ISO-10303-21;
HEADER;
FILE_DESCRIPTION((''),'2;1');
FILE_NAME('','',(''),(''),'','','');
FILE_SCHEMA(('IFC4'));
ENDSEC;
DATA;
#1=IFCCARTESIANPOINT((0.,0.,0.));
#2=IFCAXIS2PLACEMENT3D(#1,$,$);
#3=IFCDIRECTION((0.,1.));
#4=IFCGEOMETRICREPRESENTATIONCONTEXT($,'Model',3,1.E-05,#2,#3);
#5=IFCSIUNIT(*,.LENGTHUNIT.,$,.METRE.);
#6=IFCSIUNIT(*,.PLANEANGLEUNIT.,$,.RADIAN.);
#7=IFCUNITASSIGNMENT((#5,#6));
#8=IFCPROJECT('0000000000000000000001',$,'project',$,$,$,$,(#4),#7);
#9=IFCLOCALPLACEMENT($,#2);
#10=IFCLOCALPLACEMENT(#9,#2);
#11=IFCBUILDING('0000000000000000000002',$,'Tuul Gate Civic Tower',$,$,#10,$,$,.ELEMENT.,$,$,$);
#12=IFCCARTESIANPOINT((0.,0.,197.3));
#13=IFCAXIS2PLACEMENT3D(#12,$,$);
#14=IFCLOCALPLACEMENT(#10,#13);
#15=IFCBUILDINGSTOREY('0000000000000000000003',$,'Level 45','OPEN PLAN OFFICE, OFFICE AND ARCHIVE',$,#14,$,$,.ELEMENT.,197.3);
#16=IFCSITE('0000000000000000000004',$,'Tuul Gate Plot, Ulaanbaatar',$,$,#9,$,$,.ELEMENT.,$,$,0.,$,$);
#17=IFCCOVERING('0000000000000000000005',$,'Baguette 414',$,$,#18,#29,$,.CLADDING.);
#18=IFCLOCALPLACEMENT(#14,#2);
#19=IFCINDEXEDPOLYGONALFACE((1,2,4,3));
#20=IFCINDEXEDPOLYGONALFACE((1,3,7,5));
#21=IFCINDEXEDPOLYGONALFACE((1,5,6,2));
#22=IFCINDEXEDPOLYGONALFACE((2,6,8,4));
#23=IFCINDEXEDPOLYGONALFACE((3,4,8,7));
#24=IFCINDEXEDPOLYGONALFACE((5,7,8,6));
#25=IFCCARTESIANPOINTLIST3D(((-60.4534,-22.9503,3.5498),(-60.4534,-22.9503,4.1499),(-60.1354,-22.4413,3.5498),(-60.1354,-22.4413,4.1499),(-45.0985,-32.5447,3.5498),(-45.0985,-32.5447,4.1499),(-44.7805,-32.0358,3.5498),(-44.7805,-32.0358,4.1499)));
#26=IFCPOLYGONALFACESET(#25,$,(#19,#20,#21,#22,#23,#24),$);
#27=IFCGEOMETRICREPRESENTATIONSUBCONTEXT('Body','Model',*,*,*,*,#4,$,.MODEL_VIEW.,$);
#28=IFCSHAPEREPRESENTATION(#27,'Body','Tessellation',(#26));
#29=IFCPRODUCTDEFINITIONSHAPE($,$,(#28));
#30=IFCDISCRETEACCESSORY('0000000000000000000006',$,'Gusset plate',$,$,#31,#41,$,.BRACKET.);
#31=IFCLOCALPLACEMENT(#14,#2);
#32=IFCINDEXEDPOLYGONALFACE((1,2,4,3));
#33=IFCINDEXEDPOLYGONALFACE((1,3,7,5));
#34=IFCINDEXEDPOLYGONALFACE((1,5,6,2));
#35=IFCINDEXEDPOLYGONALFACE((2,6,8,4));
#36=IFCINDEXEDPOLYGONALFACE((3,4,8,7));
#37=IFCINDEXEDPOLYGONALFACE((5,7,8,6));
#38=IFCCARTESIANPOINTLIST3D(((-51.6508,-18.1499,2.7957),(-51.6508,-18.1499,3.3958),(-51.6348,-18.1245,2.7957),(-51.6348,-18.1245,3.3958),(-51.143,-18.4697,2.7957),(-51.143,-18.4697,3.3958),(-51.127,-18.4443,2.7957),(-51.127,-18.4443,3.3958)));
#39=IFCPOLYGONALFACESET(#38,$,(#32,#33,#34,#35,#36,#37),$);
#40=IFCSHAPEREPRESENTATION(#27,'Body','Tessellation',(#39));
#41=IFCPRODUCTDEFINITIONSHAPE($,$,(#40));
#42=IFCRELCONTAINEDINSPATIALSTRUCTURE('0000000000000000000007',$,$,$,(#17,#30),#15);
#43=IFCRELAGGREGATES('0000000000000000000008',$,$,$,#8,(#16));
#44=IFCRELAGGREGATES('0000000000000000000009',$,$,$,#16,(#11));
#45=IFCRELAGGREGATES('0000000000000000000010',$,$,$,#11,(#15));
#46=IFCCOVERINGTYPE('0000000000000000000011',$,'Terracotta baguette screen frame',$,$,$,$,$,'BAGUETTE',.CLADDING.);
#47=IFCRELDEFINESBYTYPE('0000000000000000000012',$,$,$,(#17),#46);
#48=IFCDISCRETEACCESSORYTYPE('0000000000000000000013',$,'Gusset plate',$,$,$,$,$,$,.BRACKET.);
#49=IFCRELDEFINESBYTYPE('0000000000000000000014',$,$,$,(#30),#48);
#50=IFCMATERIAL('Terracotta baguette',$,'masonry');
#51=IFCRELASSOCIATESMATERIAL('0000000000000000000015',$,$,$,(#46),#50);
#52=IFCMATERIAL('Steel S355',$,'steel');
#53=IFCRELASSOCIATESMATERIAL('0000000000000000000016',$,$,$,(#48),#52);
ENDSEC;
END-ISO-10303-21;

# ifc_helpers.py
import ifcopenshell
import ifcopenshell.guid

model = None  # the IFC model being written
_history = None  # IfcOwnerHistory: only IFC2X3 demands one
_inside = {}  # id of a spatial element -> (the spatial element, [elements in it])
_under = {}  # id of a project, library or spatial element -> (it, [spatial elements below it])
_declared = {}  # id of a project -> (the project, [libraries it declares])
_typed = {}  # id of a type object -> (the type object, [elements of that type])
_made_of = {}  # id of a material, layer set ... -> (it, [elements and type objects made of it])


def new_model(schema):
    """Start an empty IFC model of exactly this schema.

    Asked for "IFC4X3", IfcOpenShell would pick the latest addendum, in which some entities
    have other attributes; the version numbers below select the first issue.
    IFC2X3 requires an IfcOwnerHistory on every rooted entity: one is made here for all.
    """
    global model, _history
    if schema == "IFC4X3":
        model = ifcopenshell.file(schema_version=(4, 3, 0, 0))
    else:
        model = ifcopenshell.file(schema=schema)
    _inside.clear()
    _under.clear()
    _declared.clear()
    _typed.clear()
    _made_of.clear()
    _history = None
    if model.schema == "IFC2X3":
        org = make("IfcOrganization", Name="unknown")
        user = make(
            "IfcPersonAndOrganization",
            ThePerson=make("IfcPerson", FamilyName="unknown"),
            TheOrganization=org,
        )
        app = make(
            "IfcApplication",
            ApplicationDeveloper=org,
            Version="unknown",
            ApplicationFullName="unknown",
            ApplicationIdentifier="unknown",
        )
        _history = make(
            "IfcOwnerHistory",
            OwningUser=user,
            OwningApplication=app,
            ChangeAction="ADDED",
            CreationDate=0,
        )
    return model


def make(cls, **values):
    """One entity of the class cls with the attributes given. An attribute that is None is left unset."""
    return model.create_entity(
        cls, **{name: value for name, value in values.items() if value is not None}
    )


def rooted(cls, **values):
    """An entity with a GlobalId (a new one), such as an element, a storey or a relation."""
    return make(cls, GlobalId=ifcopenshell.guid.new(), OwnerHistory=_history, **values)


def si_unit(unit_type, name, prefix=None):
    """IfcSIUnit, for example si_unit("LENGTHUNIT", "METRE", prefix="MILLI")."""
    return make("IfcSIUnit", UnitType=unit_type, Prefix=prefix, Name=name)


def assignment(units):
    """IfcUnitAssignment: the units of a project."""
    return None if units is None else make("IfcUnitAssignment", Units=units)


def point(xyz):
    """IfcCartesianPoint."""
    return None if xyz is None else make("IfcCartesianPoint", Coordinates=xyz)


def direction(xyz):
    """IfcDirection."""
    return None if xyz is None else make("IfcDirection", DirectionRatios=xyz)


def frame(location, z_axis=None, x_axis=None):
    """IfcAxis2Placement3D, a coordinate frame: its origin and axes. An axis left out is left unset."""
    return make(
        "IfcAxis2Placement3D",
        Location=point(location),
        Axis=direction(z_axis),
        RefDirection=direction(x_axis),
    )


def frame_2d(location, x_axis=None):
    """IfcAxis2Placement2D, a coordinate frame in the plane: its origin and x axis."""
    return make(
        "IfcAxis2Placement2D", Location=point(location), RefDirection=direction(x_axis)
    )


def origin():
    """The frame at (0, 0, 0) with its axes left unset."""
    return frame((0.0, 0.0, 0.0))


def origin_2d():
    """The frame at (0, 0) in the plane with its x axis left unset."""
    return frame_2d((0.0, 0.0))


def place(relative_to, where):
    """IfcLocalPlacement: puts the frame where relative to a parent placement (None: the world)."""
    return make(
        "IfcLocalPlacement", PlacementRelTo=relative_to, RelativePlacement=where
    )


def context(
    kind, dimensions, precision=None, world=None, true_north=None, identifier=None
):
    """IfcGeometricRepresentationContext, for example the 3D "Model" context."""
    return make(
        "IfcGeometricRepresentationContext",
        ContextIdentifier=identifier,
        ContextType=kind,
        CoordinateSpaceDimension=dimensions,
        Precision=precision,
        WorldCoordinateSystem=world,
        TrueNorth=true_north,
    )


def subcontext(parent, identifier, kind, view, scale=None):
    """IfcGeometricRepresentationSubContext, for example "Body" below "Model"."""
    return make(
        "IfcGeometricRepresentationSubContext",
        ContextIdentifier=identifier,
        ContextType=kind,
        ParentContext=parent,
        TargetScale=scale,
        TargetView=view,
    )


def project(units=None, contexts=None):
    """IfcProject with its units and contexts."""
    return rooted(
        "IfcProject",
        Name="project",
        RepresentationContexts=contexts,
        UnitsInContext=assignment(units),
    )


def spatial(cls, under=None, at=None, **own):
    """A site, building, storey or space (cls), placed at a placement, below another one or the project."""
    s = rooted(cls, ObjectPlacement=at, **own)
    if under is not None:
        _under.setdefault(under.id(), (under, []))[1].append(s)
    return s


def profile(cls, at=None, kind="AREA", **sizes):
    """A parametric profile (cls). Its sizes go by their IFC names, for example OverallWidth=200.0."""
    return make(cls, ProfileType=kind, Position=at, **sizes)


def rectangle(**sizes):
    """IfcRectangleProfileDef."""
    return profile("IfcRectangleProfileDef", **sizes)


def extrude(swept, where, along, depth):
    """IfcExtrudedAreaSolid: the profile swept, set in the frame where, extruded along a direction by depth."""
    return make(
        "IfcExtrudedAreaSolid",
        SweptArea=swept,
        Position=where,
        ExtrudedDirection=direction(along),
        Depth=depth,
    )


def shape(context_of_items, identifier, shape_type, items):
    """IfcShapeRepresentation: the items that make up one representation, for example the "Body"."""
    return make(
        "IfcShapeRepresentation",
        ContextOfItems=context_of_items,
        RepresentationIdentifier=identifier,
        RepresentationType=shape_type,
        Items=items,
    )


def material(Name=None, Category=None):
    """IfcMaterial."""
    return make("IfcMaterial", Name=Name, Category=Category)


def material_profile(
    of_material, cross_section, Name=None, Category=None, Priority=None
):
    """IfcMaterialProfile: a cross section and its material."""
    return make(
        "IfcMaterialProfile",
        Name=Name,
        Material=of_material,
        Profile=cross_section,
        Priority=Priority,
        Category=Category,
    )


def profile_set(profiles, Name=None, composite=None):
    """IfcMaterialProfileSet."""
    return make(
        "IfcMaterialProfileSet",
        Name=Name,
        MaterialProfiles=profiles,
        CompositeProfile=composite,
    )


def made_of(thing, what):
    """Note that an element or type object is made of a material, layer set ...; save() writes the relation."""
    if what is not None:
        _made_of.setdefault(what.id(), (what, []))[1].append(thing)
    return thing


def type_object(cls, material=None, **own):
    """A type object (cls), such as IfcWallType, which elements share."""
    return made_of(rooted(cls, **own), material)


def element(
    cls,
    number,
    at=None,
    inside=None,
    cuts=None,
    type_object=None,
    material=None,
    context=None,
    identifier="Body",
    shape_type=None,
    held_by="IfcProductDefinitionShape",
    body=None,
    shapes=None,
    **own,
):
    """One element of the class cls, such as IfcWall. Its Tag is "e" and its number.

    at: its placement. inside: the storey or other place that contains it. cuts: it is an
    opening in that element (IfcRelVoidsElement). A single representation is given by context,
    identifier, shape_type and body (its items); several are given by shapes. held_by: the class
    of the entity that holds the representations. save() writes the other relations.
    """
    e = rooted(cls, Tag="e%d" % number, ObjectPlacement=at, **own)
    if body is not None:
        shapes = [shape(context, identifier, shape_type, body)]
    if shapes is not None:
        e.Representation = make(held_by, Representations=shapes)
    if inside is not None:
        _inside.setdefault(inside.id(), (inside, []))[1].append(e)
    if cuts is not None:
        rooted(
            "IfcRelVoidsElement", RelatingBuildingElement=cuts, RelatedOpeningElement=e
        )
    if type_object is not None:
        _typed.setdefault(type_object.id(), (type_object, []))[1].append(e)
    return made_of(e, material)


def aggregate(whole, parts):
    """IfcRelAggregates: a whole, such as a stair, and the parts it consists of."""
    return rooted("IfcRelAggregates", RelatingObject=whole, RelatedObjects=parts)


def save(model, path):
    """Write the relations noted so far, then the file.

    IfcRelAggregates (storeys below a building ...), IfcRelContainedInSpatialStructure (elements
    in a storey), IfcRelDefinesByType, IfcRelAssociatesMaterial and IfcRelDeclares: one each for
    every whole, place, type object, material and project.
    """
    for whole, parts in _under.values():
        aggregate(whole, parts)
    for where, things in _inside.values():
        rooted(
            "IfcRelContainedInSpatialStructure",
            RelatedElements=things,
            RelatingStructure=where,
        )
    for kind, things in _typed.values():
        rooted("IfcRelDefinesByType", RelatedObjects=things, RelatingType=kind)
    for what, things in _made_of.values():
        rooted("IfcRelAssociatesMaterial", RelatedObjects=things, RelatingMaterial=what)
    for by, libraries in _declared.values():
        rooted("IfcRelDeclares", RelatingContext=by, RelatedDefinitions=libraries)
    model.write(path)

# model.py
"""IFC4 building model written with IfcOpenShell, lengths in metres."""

from ifc_helpers import new_model, si_unit, direction, frame, origin, origin_2d, place, context, subcontext, project, spatial, rectangle, extrude, material, material_profile, profile_set, type_object, element, save


model = new_model("IFC4")

# Units and contexts
model_context = context("Model", 3, precision=1e-05, world=origin(), true_north=direction((0.0, 1.0)))
body_context = subcontext(model_context, "Body", "Model", "MODEL_VIEW")
ifc_project = project(units=[si_unit("LENGTHUNIT", "METRE"), si_unit("PLANEANGLEUNIT", "RADIAN")], contexts=[model_context])

# Site, building, storey
site_placement = place(None, origin())
site = spatial("IfcSite", under=ifc_project, at=site_placement, Name="Tuul Gate Plot, Ulaanbaatar", CompositionType="ELEMENT", RefElevation=0.0)
building_placement = place(site_placement, origin())
building = spatial("IfcBuilding", under=site, at=building_placement, Name="Tuul Gate Civic Tower", CompositionType="ELEMENT")
storey_placement = place(building_placement, frame((0.0, 0.0, 197.3)))
storey = spatial("IfcBuildingStorey", under=building, at=storey_placement, Name="Level 45", Description="OPEN PLAN OFFICE, OFFICE AND ARCHIVE", CompositionType="ELEMENT", Elevation=197.3)

# Covering
ifc_material_1 = material(Name="Terracotta baguette", Category="masonry")
ifc_material_profile_1 = material_profile(ifc_material_1, rectangle(XDim=0.6001, YDim=0.6001, at=origin_2d()), Name="Terracotta baguette screen frame")
ifc_profile_set_1 = profile_set([ifc_material_profile_1], Name="Terracotta baguette")
covering_type = type_object("IfcCoveringType", Name="Terracotta baguette screen frame", ElementType="BAGUETTE", PredefinedType="CLADDING", material=ifc_profile_set_1)
covering_1_placement = place(storey_placement, frame((-60.2944, -22.6958, 3.8499), z_axis=(0.848057, -0.529904, 0.0), x_axis=(0.529904, 0.848057, 0.0)))
element("IfcCovering", 1, at=covering_1_placement, inside=storey, type_object=covering_type, Name="Baguette 414", PredefinedType="CLADDING", context=body_context, shape_type="SweptSolid", body=[
    extrude(rectangle(XDim=0.6001, YDim=0.6001, at=origin_2d()), origin(), (0.0, 0.0, 1.0), 18.106),
])

# Discrete accessory
ifc_material_2 = material(Name="Steel S355", Category="steel")
discrete_accessory_type = type_object("IfcDiscreteAccessoryType", Name="Gusset plate", PredefinedType="BRACKET", material=ifc_material_2)
discrete_accessory_placement = place(storey_placement, frame((-51.3889, -18.2971, 2.7957), z_axis=(0.0, 0.0, 1.0), x_axis=(0.846187, -0.532886, 0.0)))
element("IfcDiscreteAccessory", 2, at=discrete_accessory_placement, inside=storey, type_object=discrete_accessory_type, Name="Gusset plate", PredefinedType="BRACKET", context=body_context, shape_type="SweptSolid", body=[
    extrude(rectangle(XDim=0.6001, YDim=0.03, at=origin_2d()), origin(), (0.0, 0.0, 1.0), 0.6001),
])

save(model, "model.ifc")
